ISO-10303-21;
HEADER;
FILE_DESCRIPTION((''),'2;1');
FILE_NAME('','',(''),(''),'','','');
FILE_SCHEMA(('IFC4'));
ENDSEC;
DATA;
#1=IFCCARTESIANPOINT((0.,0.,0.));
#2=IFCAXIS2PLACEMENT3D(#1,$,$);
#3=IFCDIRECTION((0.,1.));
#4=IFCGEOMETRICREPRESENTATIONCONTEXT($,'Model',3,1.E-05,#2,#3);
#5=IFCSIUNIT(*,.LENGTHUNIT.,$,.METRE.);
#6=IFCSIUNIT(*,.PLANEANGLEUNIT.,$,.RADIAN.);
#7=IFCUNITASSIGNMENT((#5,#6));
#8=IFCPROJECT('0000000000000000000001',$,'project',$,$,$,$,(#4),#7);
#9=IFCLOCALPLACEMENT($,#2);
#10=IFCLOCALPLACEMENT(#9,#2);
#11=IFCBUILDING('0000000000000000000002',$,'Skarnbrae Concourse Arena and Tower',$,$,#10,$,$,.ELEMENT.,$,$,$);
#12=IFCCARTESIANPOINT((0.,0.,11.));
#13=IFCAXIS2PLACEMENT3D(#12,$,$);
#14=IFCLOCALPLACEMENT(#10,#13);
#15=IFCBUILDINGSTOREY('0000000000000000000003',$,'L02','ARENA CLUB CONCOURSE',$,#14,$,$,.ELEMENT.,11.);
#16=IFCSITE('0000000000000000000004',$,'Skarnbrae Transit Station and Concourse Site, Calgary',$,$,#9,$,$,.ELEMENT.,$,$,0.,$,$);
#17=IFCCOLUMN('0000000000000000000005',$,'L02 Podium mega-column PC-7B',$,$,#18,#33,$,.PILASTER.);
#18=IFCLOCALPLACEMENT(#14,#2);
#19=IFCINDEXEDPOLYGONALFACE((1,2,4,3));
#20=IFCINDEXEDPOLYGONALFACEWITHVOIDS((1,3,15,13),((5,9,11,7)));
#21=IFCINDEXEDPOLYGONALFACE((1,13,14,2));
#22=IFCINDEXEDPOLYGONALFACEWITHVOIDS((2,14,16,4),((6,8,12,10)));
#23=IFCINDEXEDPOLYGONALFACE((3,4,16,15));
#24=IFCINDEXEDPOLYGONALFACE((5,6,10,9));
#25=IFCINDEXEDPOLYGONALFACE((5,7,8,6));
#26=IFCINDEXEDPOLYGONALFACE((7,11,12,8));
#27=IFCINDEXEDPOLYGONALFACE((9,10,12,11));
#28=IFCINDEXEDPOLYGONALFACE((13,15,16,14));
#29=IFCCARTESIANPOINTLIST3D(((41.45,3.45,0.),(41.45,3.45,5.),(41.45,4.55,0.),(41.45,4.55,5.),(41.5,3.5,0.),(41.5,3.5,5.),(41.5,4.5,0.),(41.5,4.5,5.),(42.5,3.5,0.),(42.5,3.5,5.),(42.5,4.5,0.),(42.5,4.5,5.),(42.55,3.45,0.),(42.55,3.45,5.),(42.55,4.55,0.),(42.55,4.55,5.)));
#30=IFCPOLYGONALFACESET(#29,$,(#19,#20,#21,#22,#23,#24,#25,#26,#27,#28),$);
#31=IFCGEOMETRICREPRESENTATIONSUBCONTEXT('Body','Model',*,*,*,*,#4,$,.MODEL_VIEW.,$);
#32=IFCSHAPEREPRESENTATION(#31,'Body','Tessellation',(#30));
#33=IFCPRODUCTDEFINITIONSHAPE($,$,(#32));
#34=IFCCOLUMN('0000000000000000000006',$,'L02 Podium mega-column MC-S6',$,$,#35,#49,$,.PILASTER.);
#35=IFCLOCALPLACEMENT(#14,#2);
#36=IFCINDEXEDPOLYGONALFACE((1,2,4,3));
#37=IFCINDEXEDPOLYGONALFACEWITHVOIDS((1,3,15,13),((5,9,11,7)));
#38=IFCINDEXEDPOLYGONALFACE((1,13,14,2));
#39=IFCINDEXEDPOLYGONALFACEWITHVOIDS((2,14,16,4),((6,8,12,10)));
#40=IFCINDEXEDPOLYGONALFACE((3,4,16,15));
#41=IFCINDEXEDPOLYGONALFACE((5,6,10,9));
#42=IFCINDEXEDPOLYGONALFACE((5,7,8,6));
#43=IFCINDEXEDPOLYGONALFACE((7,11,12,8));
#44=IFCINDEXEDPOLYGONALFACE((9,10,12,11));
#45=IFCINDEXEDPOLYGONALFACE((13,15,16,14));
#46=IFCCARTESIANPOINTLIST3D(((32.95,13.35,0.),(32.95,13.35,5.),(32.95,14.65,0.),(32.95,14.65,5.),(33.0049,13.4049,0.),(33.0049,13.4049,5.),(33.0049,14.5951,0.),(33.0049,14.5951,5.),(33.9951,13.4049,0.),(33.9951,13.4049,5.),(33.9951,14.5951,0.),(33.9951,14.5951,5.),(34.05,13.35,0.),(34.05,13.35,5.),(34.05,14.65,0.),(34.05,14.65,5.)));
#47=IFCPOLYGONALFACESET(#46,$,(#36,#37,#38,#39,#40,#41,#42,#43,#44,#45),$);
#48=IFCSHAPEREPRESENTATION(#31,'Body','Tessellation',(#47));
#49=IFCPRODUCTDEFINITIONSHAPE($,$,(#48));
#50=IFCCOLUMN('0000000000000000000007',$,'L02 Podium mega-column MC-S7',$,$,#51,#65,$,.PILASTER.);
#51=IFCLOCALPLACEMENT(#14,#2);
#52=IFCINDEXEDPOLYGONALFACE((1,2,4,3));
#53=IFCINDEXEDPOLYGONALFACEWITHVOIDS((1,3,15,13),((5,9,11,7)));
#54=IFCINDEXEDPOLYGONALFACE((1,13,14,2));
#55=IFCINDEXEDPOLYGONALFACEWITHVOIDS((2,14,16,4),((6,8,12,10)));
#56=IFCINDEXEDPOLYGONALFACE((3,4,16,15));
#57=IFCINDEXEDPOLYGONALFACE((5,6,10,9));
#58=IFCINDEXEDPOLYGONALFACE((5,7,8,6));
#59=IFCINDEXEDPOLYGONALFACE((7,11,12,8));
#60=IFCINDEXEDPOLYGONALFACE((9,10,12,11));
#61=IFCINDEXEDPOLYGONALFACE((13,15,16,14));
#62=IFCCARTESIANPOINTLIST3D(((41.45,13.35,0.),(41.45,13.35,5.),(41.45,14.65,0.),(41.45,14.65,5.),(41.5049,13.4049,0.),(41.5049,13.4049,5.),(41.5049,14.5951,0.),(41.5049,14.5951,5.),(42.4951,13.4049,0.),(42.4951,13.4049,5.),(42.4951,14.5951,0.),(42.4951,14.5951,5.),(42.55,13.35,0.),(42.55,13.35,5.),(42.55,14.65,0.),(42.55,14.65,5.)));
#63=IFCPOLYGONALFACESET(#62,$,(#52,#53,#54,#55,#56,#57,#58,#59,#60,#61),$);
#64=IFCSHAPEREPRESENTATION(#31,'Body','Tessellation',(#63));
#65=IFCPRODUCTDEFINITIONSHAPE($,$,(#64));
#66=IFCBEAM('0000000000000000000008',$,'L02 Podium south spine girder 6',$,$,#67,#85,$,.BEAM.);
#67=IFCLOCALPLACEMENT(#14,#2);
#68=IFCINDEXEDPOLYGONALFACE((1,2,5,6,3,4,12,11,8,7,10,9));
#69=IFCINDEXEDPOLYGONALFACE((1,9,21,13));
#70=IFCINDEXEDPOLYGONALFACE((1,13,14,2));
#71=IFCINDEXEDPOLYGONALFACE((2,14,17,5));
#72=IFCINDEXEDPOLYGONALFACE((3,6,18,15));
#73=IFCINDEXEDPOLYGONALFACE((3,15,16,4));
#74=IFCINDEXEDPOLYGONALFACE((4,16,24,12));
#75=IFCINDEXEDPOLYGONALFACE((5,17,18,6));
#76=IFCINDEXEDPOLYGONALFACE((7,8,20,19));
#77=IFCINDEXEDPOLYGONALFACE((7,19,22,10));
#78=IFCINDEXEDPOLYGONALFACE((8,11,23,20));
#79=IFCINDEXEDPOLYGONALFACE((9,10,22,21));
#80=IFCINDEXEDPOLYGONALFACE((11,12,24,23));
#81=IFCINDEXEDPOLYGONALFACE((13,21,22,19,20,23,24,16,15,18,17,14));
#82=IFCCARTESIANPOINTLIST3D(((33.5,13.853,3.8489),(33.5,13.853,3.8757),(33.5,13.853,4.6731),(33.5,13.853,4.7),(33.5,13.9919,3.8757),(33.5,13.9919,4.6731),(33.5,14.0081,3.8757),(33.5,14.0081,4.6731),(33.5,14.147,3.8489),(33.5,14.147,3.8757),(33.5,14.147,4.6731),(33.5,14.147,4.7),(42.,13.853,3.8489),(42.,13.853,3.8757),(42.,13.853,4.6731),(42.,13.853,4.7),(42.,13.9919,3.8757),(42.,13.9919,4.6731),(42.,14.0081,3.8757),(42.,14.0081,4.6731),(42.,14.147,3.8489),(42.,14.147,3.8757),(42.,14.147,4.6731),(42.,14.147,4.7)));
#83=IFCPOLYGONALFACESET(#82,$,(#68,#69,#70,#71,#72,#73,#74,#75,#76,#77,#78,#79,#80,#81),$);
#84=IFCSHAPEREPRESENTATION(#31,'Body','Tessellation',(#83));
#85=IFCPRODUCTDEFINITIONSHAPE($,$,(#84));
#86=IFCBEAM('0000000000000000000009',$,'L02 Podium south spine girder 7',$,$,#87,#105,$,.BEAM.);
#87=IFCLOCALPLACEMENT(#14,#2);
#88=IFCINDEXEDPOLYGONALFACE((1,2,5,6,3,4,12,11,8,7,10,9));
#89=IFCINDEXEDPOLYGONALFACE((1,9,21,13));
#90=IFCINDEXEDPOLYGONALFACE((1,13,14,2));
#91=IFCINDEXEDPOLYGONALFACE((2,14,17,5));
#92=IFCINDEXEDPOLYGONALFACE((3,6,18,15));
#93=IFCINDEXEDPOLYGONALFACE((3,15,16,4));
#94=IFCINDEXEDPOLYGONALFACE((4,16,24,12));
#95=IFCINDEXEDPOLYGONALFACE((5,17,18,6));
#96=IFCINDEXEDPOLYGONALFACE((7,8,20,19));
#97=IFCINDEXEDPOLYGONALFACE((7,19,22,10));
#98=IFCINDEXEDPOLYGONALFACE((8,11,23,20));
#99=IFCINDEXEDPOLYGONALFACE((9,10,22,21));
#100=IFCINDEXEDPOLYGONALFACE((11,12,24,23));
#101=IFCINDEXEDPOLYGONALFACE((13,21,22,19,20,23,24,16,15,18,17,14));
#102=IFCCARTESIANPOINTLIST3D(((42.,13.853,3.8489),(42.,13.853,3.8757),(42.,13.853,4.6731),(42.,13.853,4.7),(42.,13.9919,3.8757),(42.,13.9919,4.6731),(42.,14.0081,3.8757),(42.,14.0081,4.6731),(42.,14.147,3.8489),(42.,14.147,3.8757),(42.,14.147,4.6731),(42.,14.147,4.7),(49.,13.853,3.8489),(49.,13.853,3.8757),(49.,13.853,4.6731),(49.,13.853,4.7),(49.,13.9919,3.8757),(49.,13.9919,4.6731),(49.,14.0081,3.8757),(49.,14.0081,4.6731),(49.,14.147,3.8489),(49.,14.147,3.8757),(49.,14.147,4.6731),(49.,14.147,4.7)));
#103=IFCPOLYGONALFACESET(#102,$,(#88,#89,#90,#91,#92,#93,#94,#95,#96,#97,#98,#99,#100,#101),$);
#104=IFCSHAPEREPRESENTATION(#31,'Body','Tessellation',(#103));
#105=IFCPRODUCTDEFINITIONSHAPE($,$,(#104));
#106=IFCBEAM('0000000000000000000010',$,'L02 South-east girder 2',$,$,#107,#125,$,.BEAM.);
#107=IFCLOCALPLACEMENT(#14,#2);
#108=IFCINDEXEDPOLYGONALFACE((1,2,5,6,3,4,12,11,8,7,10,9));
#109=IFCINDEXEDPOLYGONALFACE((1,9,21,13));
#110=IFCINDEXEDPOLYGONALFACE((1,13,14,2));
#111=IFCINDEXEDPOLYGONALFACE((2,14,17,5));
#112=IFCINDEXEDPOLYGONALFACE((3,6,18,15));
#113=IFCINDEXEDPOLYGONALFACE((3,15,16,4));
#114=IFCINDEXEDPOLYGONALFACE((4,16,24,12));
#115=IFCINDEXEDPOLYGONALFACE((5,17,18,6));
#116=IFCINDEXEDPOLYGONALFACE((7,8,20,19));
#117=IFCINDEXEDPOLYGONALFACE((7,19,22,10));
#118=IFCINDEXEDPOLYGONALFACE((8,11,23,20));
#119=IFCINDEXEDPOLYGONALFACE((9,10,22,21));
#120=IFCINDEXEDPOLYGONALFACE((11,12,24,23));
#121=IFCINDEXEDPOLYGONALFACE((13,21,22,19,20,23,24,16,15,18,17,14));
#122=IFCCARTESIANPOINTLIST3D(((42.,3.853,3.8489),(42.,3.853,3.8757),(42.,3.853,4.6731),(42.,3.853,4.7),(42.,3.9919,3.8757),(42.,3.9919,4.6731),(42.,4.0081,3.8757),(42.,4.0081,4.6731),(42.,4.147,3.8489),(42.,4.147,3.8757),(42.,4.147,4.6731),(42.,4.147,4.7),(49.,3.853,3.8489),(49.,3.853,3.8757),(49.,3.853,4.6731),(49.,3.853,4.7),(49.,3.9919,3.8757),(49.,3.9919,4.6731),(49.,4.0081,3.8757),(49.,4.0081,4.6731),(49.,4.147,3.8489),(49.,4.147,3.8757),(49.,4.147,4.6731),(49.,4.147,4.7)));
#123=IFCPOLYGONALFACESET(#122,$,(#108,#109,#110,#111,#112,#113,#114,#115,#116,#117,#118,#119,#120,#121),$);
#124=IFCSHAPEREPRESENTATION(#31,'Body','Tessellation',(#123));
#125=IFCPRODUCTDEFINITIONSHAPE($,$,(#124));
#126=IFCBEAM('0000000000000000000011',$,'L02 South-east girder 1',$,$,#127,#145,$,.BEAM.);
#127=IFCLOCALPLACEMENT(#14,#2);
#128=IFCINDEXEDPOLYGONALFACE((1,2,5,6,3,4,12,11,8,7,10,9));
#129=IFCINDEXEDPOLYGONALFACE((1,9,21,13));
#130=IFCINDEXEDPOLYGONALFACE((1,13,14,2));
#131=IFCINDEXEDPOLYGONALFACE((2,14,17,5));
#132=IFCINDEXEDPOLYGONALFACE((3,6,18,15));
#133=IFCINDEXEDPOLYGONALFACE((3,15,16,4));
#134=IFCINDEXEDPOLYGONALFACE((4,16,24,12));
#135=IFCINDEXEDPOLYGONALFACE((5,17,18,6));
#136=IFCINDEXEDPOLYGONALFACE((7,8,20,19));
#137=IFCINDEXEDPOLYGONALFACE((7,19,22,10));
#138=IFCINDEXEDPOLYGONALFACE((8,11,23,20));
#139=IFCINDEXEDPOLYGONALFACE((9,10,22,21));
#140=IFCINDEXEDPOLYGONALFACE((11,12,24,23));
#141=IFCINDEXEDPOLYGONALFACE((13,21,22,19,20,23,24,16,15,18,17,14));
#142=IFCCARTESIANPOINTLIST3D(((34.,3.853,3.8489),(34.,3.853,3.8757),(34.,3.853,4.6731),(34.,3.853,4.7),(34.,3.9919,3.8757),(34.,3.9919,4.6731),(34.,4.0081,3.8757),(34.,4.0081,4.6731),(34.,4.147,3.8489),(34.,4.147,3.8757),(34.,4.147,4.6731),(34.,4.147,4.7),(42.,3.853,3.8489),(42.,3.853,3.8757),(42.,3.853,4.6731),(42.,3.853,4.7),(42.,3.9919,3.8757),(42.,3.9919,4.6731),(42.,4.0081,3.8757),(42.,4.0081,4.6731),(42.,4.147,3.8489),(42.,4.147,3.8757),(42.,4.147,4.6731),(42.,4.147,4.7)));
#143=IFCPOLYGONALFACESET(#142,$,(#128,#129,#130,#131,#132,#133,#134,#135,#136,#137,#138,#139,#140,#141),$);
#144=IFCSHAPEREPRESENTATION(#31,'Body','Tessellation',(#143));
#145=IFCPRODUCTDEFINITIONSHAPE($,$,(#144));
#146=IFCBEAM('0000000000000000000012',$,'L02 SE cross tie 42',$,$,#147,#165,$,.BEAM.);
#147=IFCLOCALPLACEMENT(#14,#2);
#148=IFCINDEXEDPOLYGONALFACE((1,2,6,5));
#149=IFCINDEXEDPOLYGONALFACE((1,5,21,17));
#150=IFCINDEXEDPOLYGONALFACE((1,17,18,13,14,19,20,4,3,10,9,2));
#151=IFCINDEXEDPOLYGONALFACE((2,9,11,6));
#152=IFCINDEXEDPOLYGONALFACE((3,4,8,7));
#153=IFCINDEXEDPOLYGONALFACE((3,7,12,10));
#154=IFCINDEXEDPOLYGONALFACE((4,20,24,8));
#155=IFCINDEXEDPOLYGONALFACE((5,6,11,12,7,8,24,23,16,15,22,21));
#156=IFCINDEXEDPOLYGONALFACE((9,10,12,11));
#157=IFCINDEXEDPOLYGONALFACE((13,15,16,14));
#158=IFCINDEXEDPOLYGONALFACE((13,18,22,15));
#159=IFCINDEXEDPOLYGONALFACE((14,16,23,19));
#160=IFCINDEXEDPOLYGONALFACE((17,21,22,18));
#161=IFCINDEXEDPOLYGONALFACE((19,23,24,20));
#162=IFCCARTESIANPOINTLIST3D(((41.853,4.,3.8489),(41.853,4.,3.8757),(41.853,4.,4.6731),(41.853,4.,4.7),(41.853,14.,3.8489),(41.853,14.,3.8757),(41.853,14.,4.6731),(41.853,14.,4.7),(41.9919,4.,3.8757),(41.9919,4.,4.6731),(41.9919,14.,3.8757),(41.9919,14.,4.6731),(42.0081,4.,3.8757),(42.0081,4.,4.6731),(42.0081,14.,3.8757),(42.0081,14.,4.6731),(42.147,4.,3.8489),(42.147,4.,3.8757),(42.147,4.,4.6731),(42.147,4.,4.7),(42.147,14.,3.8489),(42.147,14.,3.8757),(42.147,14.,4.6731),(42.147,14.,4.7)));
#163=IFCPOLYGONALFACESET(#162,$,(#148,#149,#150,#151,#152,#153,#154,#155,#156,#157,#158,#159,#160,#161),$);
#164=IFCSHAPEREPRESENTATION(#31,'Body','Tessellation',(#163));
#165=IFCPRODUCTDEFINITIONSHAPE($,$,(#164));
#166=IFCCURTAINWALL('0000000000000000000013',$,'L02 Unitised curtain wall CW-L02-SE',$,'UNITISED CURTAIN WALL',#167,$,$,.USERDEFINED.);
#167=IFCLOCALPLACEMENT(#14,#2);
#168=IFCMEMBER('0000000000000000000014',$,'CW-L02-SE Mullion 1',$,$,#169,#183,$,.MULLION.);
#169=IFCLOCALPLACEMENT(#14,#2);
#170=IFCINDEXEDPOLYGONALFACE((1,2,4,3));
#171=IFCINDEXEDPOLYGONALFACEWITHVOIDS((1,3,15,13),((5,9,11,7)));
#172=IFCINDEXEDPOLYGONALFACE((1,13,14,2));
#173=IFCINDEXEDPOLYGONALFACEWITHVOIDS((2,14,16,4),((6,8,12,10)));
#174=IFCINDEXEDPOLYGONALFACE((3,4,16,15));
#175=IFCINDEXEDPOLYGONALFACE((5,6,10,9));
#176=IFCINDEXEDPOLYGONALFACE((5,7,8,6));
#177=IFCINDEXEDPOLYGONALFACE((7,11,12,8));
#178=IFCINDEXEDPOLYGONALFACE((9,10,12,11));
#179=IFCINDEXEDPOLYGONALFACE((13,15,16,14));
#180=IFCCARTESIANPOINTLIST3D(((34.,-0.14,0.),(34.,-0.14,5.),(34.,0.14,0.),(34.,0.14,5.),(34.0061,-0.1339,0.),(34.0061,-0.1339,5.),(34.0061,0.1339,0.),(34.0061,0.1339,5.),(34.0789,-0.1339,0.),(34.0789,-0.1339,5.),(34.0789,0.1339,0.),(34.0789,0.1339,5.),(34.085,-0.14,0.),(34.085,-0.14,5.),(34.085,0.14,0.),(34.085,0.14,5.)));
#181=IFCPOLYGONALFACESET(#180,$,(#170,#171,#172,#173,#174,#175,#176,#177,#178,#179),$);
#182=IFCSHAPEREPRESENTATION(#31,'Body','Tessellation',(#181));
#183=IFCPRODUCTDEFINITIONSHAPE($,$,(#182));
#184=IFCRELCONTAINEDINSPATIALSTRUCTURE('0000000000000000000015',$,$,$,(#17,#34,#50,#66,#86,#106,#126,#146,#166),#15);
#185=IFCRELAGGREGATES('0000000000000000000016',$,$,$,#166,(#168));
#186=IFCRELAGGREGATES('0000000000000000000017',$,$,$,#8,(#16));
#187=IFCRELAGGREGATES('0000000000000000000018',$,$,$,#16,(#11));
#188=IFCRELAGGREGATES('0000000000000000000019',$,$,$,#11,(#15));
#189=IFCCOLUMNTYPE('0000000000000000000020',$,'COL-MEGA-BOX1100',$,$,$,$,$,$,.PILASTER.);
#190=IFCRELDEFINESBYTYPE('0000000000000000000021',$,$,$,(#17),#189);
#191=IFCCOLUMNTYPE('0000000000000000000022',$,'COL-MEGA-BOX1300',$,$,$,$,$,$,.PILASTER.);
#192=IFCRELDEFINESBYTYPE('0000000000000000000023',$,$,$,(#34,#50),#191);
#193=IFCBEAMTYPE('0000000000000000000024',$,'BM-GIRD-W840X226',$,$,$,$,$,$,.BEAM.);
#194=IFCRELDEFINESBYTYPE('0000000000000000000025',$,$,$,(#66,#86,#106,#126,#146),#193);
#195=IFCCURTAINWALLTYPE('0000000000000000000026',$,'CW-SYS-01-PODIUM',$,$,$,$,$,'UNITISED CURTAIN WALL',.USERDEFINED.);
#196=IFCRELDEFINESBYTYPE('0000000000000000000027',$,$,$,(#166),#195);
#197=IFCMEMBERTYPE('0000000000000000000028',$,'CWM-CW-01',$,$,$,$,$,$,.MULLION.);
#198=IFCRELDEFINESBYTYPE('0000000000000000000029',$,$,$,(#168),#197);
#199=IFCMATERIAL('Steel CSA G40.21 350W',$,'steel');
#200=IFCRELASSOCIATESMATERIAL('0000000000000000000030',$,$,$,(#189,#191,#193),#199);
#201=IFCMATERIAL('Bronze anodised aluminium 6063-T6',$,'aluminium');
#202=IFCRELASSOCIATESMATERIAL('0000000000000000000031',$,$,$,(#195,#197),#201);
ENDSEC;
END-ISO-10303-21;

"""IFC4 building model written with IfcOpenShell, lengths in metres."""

from ifc_helpers import new_model, si_unit, direction, frame, origin, origin_2d, place, context, subcontext, project, spatial, hollow_rectangle, i_section, extrude, source, transform, mapped, material, material_profile, profile_set, type_object, element, aggregate, save


model = new_model("IFC4")

# Units and contexts
model_context = context("Model", 3, precision=1e-05, world=origin(), true_north=direction((0.0, 1.0)))
body_context = subcontext(model_context, "Body", "Model", "MODEL_VIEW")
ifc_project = project(units=[si_unit("LENGTHUNIT", "METRE"), si_unit("PLANEANGLEUNIT", "RADIAN")], contexts=[model_context])

# Site, building, storey
site_placement = place(None, origin())
site = spatial("IfcSite", under=ifc_project, at=site_placement, Name="Skarnbrae Transit Station and Concourse Site, Calgary", CompositionType="ELEMENT", RefElevation=0.0)
building_placement = place(site_placement, origin())
building = spatial("IfcBuilding", under=site, at=building_placement, Name="Skarnbrae Concourse Arena and Tower", CompositionType="ELEMENT")
storey_placement = place(building_placement, frame((0.0, 0.0, 11.0)))
storey = spatial("IfcBuildingStorey", under=building, at=storey_placement, Name="L02", Description="ARENA CLUB CONCOURSE", CompositionType="ELEMENT", Elevation=11.0)

# Columns
ifc_material_1 = material(Name="Steel CSA G40.21 350W", Category="steel")
ifc_material_profile_1 = material_profile(ifc_material_1, hollow_rectangle(XDim=1.1001, YDim=1.1001, WallThickness=0.05, at=origin_2d()), Name="BOX1100X1100X50")
ifc_profile_set_1 = profile_set([ifc_material_profile_1], Name="Steel CSA G40.21 350W")
column_type_1 = type_object("IfcColumnType", Name="COL-MEGA-BOX1100", PredefinedType="PILASTER", material=ifc_profile_set_1)
shared_shape_1 = source(origin(), body_context, "Body", "SweptSolid", [
    extrude(hollow_rectangle(XDim=1.1001, YDim=1.1001, WallThickness=0.05, at=origin_2d()), origin(), (0.0, 0.0, 1.0), 5.0),
])
column_placement = place(storey_placement, frame((42.0, 4.0, 0.0), z_axis=(0.0, 0.0, 1.0), x_axis=(1.0, 0.0, 0.0)))
element("IfcColumn", 1, at=column_placement, inside=storey, type_object=column_type_1, Name="L02 Podium mega-column PC-7B", PredefinedType="PILASTER", context=body_context, shape_type="MappedRepresentation", body=[
    mapped(shared_shape_1, transform((0.0, 0.0, 0.0))),
])
ifc_material_profile_2 = material_profile(ifc_material_1, hollow_rectangle(XDim=1.1001, YDim=1.3, WallThickness=0.0549, at=origin_2d()), Name="BOX1300X1100X55")
ifc_profile_set_2 = profile_set([ifc_material_profile_2], Name="Steel CSA G40.21 350W")
column_type_2 = type_object("IfcColumnType", Name="COL-MEGA-BOX1300", PredefinedType="PILASTER", material=ifc_profile_set_2)
shared_shape_2 = source(origin(), body_context, "Body", "SweptSolid", [
    extrude(hollow_rectangle(XDim=1.1001, YDim=1.3, WallThickness=0.0549, at=origin_2d()), origin(), (0.0, 0.0, 1.0), 5.0),
])
for number, where, z_axis, x_axis, name in (
    (2, (33.5, 14.0, 0.0), (0.0, 0.0, 1.0), (1.0, 0.0, 0.0), "L02 Podium mega-column MC-S6"),
    (3, (42.0, 14.0, 0.0), (0.0, 0.0, 1.0), (1.0, 0.0, 0.0), "L02 Podium mega-column MC-S7"),
):
    element("IfcColumn", number, at=place(storey_placement, frame(where, z_axis=z_axis, x_axis=x_axis)), inside=storey, type_object=column_type_2, Name=name, PredefinedType="PILASTER", context=body_context, shape_type="MappedRepresentation", body=[
        mapped(shared_shape_2, transform((0.0, 0.0, 0.0))),
    ])

# Beams
ifc_material_profile_3 = material_profile(ifc_material_1, i_section(OverallWidth=0.2939, OverallDepth=0.8511, WebThickness=0.0161, FlangeThickness=0.0269, at=origin_2d()), Name="W840X226")
ifc_profile_set_3 = profile_set([ifc_material_profile_3], Name="Steel CSA G40.21 350W")
beam_type = type_object("IfcBeamType", Name="BM-GIRD-W840X226", PredefinedType="BEAM", material=ifc_profile_set_3)
shared_shape_3 = source(origin(), body_context, "Body", "SweptSolid", [
    extrude(i_section(OverallWidth=0.2939, OverallDepth=0.8511, WebThickness=0.0161, FlangeThickness=0.0269, at=origin_2d()), origin(), (0.0, 0.0, 1.0), 8.5),
])
beam_1_placement = place(storey_placement, frame((33.5, 14.0, 4.2744), z_axis=(1.0, 0.0, 0.0), x_axis=(0.0, 1.0, 0.0)))
element("IfcBeam", 4, at=beam_1_placement, inside=storey, type_object=beam_type, Name="L02 Podium south spine girder 6", PredefinedType="BEAM", context=body_context, shape_type="MappedRepresentation", body=[
    mapped(shared_shape_3, transform((0.0, 0.0, 0.0))),
])
shared_shape_4 = source(origin(), body_context, "Body", "SweptSolid", [
    extrude(i_section(OverallWidth=0.2939, OverallDepth=0.8511, WebThickness=0.0161, FlangeThickness=0.0269, at=origin_2d()), origin(), (0.0, 0.0, 1.0), 7.0),
])
for number, where, z_axis, x_axis, name in (
    (5, (42.0, 14.0, 4.2744), (1.0, 0.0, 0.0), (0.0, 1.0, 0.0), "L02 Podium south spine girder 7"),
    (6, (42.0, 4.0, 4.2744), (1.0, 0.0, 0.0), (0.0, 1.0, 0.0), "L02 South-east girder 2"),
):
    element("IfcBeam", number, at=place(storey_placement, frame(where, z_axis=z_axis, x_axis=x_axis)), inside=storey, type_object=beam_type, Name=name, PredefinedType="BEAM", context=body_context, shape_type="MappedRepresentation", body=[
        mapped(shared_shape_4, transform((0.0, 0.0, 0.0))),
    ])
shared_shape_5 = source(origin(), body_context, "Body", "SweptSolid", [
    extrude(i_section(OverallWidth=0.2939, OverallDepth=0.8511, WebThickness=0.0161, FlangeThickness=0.0269, at=origin_2d()), origin(), (0.0, 0.0, 1.0), 8.0),
])
beam_2_placement = place(storey_placement, frame((34.0, 4.0, 4.2744), z_axis=(1.0, 0.0, 0.0), x_axis=(0.0, 1.0, 0.0)))
element("IfcBeam", 7, at=beam_2_placement, inside=storey, type_object=beam_type, Name="L02 South-east girder 1", PredefinedType="BEAM", context=body_context, shape_type="MappedRepresentation", body=[
    mapped(shared_shape_5, transform((0.0, 0.0, 0.0))),
])
shared_shape_6 = source(origin(), body_context, "Body", "SweptSolid", [
    extrude(i_section(OverallWidth=0.2939, OverallDepth=0.8511, WebThickness=0.0161, FlangeThickness=0.0269, at=origin_2d()), origin(), (0.0, 0.0, 1.0), 10.0),
])
beam_3_placement = place(storey_placement, frame((42.0, 4.0, 4.2744), z_axis=(0.0, 1.0, 0.0), x_axis=(-1.0, 0.0, 0.0)))
element("IfcBeam", 8, at=beam_3_placement, inside=storey, type_object=beam_type, Name="L02 SE cross tie 42", PredefinedType="BEAM", context=body_context, shape_type="MappedRepresentation", body=[
    mapped(shared_shape_6, transform((0.0, 0.0, 0.0))),
])

# Curtain wall, member
ifc_material_2 = material(Name="Bronze anodised aluminium 6063-T6", Category="aluminium")
curtain_wall_type = type_object("IfcCurtainWallType", Name="CW-SYS-01-PODIUM", ElementType="UNITISED CURTAIN WALL", PredefinedType="USERDEFINED", material=ifc_material_2)
curtain_wall_placement = place(storey_placement, origin())
curtain_wall = element("IfcCurtainWall", 9, at=curtain_wall_placement, inside=storey, type_object=curtain_wall_type, Name="L02 Unitised curtain wall CW-L02-SE", ObjectType="UNITISED CURTAIN WALL", PredefinedType="USERDEFINED")
ifc_material_profile_4 = material_profile(ifc_material_2, hollow_rectangle(XDim=0.085, YDim=0.28, WallThickness=0.0061, at=origin_2d()), Name="ALU-MULL-85X280")
ifc_profile_set_4 = profile_set([ifc_material_profile_4], Name="Bronze anodised aluminium 6063-T6")
member_type_1 = type_object("IfcMemberType", Name="CWM-CW-01", PredefinedType="MULLION", material=ifc_profile_set_4)
shared_shape_7 = source(origin(), body_context, "Body", "SweptSolid", [
    extrude(hollow_rectangle(XDim=0.085, YDim=0.28, WallThickness=0.0061, at=origin_2d()), origin(), (0.0, 0.0, 1.0), 5.0),
])
member_1_placement = place(storey_placement, frame((34.0425, 0.0, 0.0), z_axis=(0.0, 0.0, 1.0), x_axis=(1.0, 0.0, 0.0)))
member_1 = element("IfcMember", 10, at=member_1_placement, type_object=member_type_1, Name="CW-L02-SE Mullion 1", PredefinedType="MULLION", context=body_context, shape_type="MappedRepresentation", body=[
    mapped(shared_shape_7, transform((0.0, 0.0, 0.0))),
])
aggregate(curtain_wall, [member_1])

save(model, "model.ifc")
